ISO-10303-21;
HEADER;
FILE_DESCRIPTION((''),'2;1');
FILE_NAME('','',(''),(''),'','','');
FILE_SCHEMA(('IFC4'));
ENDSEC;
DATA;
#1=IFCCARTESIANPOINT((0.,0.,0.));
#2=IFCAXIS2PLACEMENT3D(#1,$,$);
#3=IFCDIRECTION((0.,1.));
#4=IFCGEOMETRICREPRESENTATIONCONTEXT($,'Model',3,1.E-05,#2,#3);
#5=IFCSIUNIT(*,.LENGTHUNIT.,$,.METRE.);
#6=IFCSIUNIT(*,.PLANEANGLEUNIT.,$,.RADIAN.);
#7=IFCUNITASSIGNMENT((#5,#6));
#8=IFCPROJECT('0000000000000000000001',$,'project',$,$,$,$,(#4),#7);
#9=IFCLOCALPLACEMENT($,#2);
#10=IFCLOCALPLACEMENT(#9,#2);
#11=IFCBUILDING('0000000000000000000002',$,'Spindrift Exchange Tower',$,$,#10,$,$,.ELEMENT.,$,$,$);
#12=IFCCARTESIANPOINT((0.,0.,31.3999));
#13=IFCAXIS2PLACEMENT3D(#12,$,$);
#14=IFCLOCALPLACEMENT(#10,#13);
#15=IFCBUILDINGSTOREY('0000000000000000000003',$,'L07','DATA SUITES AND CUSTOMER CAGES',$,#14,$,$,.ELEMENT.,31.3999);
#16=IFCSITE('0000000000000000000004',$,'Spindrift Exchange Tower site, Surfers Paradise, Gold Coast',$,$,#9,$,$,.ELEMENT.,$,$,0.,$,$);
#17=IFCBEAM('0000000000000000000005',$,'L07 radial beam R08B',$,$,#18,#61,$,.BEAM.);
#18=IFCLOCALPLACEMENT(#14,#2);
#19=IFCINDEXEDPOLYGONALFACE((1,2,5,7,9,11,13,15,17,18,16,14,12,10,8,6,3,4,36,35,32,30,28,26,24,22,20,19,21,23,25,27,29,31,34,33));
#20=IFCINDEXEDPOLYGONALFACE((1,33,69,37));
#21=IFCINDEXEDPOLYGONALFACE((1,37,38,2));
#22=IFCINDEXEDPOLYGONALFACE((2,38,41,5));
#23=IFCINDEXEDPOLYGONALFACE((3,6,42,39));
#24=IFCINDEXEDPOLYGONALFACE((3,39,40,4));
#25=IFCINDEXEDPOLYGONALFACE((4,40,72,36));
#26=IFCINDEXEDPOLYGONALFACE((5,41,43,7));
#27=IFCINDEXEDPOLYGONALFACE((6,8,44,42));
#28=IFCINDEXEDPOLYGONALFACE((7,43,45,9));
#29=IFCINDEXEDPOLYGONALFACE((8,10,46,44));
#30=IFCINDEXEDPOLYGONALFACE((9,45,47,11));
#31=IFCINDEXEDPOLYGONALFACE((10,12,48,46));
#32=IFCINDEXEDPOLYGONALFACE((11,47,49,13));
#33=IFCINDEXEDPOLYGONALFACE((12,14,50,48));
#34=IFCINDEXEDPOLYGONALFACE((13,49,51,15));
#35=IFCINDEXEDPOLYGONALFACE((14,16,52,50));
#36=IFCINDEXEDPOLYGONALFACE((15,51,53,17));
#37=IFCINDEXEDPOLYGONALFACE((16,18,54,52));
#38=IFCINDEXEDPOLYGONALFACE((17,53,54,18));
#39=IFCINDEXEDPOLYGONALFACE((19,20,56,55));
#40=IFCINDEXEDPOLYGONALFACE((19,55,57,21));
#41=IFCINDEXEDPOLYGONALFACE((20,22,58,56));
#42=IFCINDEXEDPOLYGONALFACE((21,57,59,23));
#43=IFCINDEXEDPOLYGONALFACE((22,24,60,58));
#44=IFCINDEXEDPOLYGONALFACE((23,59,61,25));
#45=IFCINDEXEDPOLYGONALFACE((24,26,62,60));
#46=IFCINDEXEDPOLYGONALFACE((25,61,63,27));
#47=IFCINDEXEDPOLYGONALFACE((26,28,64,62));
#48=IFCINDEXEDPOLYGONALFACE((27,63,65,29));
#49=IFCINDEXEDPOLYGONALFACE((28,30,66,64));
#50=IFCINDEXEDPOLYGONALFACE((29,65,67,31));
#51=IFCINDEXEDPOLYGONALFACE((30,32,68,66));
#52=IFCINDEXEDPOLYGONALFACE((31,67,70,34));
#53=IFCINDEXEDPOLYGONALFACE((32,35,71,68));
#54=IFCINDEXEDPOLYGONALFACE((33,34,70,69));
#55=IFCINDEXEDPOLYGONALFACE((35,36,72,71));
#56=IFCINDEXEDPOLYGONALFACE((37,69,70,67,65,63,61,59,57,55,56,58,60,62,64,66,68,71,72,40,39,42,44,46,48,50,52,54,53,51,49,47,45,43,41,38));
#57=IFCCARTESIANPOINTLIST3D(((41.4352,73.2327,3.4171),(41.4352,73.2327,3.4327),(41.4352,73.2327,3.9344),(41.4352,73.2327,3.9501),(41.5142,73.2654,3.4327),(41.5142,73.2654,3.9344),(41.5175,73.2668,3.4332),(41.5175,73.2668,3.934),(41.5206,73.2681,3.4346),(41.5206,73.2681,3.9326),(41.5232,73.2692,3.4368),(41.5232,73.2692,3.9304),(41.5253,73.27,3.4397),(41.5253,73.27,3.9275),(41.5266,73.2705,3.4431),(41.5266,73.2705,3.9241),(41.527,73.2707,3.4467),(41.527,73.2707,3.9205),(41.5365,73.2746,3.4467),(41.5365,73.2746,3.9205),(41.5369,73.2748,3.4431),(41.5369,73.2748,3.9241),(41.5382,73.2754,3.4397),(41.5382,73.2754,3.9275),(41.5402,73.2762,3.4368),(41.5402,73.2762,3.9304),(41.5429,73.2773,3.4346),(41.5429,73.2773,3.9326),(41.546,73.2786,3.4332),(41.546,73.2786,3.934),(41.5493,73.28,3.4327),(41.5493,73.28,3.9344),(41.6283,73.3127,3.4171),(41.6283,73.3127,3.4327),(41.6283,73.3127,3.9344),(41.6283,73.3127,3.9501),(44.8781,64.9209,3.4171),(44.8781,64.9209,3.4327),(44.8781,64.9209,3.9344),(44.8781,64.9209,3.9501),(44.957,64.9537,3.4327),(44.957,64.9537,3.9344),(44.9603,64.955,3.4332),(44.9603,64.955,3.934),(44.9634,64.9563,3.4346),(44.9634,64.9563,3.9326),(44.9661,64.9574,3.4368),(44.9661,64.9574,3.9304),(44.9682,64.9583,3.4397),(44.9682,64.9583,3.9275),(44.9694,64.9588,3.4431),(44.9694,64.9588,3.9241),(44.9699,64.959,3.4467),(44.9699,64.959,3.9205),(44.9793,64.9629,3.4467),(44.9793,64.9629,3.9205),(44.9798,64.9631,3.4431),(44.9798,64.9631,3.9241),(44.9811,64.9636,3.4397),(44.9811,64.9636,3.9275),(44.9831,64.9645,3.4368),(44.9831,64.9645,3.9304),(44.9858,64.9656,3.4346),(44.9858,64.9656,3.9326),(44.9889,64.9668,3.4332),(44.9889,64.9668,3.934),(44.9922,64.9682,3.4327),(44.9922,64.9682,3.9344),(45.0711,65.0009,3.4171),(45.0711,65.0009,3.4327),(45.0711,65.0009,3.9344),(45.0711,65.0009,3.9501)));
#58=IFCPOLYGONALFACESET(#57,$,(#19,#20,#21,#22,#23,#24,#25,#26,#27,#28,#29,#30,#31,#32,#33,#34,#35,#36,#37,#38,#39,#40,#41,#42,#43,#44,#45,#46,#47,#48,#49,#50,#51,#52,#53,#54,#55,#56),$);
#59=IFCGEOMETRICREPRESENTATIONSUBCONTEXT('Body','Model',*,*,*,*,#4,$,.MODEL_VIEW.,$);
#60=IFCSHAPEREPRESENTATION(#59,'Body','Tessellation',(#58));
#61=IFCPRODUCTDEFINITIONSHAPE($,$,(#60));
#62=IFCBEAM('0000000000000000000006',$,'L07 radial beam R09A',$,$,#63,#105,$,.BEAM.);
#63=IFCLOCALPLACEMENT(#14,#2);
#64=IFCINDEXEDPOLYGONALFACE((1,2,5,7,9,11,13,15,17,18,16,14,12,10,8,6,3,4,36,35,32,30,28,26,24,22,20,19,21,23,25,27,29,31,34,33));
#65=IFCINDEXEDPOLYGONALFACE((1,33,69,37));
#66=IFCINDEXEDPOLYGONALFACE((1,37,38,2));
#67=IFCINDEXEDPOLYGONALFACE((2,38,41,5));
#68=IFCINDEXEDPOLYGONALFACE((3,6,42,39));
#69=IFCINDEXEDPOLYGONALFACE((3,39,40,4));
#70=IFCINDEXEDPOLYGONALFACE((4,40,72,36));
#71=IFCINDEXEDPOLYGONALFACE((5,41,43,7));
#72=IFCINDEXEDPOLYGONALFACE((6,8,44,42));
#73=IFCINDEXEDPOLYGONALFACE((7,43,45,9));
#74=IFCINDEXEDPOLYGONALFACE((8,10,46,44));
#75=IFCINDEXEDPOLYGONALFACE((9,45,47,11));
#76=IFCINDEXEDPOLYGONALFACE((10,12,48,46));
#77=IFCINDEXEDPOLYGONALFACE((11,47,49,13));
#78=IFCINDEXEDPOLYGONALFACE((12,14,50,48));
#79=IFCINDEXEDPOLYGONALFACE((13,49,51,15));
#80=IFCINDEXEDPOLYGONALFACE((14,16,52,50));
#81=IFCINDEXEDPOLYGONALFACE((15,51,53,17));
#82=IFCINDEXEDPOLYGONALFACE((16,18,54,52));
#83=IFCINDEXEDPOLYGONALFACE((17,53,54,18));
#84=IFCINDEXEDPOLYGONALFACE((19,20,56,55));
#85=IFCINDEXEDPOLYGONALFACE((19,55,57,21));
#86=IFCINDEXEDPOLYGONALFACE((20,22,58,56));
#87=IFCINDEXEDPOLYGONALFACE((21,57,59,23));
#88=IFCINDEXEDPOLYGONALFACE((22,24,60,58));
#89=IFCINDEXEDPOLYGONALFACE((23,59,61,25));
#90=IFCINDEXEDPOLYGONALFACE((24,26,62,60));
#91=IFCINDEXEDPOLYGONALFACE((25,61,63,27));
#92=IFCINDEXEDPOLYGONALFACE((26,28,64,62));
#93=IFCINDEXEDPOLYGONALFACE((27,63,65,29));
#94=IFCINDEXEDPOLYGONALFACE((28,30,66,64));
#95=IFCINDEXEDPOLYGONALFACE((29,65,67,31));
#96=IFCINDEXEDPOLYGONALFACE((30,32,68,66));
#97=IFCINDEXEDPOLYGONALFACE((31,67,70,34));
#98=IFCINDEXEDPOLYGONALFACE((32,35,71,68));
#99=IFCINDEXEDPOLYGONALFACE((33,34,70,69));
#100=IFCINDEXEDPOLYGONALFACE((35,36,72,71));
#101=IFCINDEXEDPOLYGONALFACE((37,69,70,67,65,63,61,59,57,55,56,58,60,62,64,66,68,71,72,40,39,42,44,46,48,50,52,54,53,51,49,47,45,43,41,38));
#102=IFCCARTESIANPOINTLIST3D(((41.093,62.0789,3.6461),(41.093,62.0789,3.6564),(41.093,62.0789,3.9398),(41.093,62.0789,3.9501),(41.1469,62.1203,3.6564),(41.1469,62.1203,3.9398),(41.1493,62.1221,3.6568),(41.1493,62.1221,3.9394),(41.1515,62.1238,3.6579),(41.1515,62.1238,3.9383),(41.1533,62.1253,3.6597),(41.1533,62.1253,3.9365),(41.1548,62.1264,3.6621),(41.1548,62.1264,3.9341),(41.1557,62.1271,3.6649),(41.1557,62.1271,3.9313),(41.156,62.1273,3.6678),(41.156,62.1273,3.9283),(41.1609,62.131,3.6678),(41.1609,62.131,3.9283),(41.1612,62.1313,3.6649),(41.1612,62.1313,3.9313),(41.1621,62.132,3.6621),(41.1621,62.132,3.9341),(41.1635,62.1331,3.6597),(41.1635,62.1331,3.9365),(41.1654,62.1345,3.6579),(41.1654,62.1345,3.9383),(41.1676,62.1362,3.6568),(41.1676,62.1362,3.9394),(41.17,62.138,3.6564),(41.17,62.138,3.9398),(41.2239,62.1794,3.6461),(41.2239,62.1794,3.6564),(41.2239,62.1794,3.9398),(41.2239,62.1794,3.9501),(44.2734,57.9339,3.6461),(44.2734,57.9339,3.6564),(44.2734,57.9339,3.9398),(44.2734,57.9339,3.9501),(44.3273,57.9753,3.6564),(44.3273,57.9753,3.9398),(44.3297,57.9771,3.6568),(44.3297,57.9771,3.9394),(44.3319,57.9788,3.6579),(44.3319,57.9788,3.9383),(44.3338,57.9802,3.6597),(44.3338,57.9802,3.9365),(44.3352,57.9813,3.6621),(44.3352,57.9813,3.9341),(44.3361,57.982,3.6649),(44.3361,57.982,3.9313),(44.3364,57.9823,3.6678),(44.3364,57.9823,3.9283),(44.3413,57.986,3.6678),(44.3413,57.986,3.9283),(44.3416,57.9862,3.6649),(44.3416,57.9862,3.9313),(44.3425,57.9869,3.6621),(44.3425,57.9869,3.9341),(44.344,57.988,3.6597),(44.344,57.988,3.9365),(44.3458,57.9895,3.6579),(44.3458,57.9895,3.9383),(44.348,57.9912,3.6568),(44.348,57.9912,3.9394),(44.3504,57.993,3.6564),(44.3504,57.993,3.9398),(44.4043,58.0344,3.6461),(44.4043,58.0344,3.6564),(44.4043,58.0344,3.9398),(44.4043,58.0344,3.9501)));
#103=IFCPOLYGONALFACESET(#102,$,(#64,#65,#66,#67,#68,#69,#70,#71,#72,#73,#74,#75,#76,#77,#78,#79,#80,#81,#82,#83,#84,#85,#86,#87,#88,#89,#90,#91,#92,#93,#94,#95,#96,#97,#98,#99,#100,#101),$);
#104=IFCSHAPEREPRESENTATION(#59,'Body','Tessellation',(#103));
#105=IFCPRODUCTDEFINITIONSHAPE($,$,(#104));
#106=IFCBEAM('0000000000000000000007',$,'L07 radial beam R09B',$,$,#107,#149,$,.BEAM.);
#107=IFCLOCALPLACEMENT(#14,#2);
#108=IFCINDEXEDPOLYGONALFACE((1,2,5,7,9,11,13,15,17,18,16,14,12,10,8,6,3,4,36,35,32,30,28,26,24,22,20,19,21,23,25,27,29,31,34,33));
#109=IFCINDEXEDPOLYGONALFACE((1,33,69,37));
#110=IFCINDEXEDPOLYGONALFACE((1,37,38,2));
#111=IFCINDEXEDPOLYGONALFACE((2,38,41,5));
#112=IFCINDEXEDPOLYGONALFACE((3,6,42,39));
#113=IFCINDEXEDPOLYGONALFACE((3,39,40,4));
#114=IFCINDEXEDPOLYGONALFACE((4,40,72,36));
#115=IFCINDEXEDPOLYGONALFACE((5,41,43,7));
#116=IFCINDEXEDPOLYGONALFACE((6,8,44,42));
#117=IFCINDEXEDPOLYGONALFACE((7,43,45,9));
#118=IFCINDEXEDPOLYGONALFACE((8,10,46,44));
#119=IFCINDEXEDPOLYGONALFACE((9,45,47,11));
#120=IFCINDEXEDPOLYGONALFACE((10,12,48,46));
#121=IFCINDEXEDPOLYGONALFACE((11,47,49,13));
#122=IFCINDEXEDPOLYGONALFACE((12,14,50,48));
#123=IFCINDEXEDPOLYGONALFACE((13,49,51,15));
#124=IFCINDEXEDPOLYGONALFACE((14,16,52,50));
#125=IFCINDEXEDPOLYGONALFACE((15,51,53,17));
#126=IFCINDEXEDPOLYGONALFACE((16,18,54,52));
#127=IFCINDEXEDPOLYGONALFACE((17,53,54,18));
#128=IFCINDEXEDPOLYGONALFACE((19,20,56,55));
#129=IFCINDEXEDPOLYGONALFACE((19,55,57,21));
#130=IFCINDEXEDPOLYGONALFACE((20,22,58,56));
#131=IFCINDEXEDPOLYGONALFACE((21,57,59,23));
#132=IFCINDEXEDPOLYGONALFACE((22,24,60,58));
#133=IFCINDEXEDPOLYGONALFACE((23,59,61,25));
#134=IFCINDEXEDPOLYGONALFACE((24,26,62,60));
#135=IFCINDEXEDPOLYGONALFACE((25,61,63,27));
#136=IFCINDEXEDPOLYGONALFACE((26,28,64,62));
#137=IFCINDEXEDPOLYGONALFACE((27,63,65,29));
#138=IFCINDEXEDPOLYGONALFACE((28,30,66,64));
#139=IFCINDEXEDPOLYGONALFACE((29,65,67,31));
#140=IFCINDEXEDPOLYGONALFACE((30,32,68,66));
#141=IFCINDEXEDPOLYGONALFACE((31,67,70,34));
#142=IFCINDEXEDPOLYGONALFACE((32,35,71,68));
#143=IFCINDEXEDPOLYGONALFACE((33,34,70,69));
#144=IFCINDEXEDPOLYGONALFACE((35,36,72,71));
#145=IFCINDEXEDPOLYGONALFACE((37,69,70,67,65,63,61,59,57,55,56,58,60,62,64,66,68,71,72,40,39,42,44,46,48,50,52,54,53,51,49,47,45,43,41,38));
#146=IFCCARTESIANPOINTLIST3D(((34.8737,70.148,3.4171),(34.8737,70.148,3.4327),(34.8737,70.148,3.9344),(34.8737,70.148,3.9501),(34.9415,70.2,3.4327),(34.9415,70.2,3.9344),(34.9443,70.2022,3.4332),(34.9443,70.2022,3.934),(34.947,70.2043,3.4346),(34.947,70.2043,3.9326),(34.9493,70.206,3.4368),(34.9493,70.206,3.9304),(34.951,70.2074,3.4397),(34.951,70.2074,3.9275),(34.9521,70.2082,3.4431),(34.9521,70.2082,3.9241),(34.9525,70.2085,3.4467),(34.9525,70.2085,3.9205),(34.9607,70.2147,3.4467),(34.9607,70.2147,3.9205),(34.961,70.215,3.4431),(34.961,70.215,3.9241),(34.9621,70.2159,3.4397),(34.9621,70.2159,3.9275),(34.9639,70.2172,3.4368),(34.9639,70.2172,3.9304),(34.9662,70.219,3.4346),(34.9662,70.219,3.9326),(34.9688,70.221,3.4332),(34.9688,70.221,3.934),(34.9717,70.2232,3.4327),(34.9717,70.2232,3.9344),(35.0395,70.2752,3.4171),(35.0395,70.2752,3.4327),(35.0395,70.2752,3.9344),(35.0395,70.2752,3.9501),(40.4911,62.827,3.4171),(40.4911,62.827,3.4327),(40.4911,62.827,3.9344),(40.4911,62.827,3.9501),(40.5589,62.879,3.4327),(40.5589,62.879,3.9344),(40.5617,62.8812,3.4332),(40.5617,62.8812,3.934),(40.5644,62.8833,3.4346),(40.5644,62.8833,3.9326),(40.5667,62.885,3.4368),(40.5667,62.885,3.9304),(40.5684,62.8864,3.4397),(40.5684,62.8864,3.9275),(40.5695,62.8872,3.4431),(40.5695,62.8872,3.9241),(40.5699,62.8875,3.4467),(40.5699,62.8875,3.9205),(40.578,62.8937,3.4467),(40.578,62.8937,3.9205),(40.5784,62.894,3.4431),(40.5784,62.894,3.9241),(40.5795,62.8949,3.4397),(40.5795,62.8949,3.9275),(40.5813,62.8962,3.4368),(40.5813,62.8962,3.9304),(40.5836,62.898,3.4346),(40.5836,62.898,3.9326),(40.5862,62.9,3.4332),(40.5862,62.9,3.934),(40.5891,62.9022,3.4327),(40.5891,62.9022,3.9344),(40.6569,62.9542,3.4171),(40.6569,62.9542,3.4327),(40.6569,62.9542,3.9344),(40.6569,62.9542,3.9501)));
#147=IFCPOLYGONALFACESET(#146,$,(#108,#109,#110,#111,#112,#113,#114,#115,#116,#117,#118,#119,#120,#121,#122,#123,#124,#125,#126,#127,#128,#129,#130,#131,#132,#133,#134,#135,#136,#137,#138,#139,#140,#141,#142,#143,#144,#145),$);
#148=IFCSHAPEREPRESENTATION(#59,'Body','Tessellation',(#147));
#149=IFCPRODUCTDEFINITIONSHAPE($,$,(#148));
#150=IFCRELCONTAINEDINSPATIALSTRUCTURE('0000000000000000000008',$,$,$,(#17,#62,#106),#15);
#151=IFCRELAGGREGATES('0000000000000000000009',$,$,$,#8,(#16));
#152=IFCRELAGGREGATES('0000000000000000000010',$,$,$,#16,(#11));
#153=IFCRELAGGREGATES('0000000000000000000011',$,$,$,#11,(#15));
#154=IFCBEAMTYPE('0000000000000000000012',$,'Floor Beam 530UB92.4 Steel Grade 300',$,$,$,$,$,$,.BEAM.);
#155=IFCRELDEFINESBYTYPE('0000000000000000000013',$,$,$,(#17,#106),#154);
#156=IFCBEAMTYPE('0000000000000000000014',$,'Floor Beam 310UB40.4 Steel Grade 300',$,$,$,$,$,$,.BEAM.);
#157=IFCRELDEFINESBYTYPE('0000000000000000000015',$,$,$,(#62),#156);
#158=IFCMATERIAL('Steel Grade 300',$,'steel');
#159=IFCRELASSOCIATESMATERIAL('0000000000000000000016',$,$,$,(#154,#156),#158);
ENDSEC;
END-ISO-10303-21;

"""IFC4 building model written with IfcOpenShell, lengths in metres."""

from ifc_helpers import new_model, si_unit, direction, frame, origin, origin_2d, place, context, subcontext, project, spatial, i_section, extrude, source, transform, mapped, material, material_profile, profile_set, type_object, element, save


model = new_model("IFC4")

# Units and contexts
model_context = context("Model", 3, precision=1e-05, world=origin(), true_north=direction((0.0, 1.0)))
body_context = subcontext(model_context, "Body", "Model", "MODEL_VIEW")
ifc_project = project(units=[si_unit("LENGTHUNIT", "METRE"), si_unit("PLANEANGLEUNIT", "RADIAN")], contexts=[model_context])

# Site, building, storey
site_placement = place(None, origin())
site = spatial("IfcSite", under=ifc_project, at=site_placement, Name="Spindrift Exchange Tower site, Surfers Paradise, Gold Coast", CompositionType="ELEMENT", RefElevation=0.0)
building_placement = place(site_placement, origin())
building = spatial("IfcBuilding", under=site, at=building_placement, Name="Spindrift Exchange Tower", CompositionType="ELEMENT")
storey_placement = place(building_placement, frame((0.0, 0.0, 31.3999)))
storey = spatial("IfcBuildingStorey", under=building, at=storey_placement, Name="L07", Description="DATA SUITES AND CUSTOMER CAGES", CompositionType="ELEMENT", Elevation=31.3999)

# Beams
ifc_material_1 = material(Name="Steel Grade 300", Category="steel")
ifc_material_profile_1 = material_profile(ifc_material_1, i_section(OverallWidth=0.209, OverallDepth=0.533, WebThickness=0.0103, FlangeThickness=0.0156, FilletRadius=0.0139, at=origin_2d()), Name="530UB92.4")
ifc_profile_set_1 = profile_set([ifc_material_profile_1], Name="Steel Grade 300")
beam_type_1 = type_object("IfcBeamType", Name="Floor Beam 530UB92.4 Steel Grade 300", PredefinedType="BEAM", material=ifc_profile_set_1)
shared_shape_1 = source(origin(), body_context, "Body", "SweptSolid", [
    extrude(i_section(OverallWidth=0.209, OverallDepth=0.533, WebThickness=0.0103, FlangeThickness=0.0156, FilletRadius=0.0139, at=origin_2d()), origin(), (0.0, 0.0, 1.0), 8.9966),
])
beam_1_placement = place(storey_placement, frame((44.9746, 64.9609, 3.6836), z_axis=(-0.382686, 0.923879, 0.0), x_axis=(-0.923879, -0.382686, 0.0)))
element("IfcBeam", 1, at=beam_1_placement, inside=storey, type_object=beam_type_1, Name="L07 radial beam R08B", PredefinedType="BEAM", context=body_context, shape_type="MappedRepresentation", body=[
    mapped(shared_shape_1, transform((0.0, 0.0, 0.0), scale=1.0)),
])
ifc_material_profile_2 = material_profile(ifc_material_1, i_section(OverallWidth=0.165, OverallDepth=0.304, WebThickness=0.0061, FlangeThickness=0.0103, FilletRadius=0.0115, at=origin_2d()), Name="310UB40.4")
ifc_profile_set_2 = profile_set([ifc_material_profile_2], Name="Steel Grade 300")
beam_type_2 = type_object("IfcBeamType", Name="Floor Beam 310UB40.4 Steel Grade 300", PredefinedType="BEAM", material=ifc_profile_set_2)
shared_shape_2 = source(origin(), body_context, "Body", "SweptSolid", [
    extrude(i_section(OverallWidth=0.165, OverallDepth=0.304, WebThickness=0.0061, FlangeThickness=0.0103, FilletRadius=0.0115, at=origin_2d()), origin(), (0.0, 0.0, 1.0), 5.2246),
])
beam_2_placement = place(storey_placement, frame((44.3389, 57.9841, 3.7981), z_axis=(-0.608741, 0.793369, 0.0), x_axis=(-0.793369, -0.608741, 0.0)))
element("IfcBeam", 2, at=beam_2_placement, inside=storey, type_object=beam_type_2, Name="L07 radial beam R09A", PredefinedType="BEAM", context=body_context, shape_type="MappedRepresentation", body=[
    mapped(shared_shape_2, transform((0.0, 0.0, 0.0), scale=1.0)),
])
shared_shape_3 = source(origin(), body_context, "Body", "SweptSolid", [
    extrude(i_section(OverallWidth=0.209, OverallDepth=0.533, WebThickness=0.0103, FlangeThickness=0.0156, FilletRadius=0.0139, at=origin_2d()), origin(), (0.0, 0.0, 1.0), 9.2278),
])
beam_3_placement = place(storey_placement, frame((40.574, 62.8906, 3.6836), z_axis=(-0.608748, 0.793364, 0.0), x_axis=(-0.793364, -0.608748, 0.0)))
element("IfcBeam", 3, at=beam_3_placement, inside=storey, type_object=beam_type_1, Name="L07 radial beam R09B", PredefinedType="BEAM", context=body_context, shape_type="MappedRepresentation", body=[
    mapped(shared_shape_3, transform((0.0, 0.0, 0.0), scale=1.0)),
])

save(model, "model.ifc")
